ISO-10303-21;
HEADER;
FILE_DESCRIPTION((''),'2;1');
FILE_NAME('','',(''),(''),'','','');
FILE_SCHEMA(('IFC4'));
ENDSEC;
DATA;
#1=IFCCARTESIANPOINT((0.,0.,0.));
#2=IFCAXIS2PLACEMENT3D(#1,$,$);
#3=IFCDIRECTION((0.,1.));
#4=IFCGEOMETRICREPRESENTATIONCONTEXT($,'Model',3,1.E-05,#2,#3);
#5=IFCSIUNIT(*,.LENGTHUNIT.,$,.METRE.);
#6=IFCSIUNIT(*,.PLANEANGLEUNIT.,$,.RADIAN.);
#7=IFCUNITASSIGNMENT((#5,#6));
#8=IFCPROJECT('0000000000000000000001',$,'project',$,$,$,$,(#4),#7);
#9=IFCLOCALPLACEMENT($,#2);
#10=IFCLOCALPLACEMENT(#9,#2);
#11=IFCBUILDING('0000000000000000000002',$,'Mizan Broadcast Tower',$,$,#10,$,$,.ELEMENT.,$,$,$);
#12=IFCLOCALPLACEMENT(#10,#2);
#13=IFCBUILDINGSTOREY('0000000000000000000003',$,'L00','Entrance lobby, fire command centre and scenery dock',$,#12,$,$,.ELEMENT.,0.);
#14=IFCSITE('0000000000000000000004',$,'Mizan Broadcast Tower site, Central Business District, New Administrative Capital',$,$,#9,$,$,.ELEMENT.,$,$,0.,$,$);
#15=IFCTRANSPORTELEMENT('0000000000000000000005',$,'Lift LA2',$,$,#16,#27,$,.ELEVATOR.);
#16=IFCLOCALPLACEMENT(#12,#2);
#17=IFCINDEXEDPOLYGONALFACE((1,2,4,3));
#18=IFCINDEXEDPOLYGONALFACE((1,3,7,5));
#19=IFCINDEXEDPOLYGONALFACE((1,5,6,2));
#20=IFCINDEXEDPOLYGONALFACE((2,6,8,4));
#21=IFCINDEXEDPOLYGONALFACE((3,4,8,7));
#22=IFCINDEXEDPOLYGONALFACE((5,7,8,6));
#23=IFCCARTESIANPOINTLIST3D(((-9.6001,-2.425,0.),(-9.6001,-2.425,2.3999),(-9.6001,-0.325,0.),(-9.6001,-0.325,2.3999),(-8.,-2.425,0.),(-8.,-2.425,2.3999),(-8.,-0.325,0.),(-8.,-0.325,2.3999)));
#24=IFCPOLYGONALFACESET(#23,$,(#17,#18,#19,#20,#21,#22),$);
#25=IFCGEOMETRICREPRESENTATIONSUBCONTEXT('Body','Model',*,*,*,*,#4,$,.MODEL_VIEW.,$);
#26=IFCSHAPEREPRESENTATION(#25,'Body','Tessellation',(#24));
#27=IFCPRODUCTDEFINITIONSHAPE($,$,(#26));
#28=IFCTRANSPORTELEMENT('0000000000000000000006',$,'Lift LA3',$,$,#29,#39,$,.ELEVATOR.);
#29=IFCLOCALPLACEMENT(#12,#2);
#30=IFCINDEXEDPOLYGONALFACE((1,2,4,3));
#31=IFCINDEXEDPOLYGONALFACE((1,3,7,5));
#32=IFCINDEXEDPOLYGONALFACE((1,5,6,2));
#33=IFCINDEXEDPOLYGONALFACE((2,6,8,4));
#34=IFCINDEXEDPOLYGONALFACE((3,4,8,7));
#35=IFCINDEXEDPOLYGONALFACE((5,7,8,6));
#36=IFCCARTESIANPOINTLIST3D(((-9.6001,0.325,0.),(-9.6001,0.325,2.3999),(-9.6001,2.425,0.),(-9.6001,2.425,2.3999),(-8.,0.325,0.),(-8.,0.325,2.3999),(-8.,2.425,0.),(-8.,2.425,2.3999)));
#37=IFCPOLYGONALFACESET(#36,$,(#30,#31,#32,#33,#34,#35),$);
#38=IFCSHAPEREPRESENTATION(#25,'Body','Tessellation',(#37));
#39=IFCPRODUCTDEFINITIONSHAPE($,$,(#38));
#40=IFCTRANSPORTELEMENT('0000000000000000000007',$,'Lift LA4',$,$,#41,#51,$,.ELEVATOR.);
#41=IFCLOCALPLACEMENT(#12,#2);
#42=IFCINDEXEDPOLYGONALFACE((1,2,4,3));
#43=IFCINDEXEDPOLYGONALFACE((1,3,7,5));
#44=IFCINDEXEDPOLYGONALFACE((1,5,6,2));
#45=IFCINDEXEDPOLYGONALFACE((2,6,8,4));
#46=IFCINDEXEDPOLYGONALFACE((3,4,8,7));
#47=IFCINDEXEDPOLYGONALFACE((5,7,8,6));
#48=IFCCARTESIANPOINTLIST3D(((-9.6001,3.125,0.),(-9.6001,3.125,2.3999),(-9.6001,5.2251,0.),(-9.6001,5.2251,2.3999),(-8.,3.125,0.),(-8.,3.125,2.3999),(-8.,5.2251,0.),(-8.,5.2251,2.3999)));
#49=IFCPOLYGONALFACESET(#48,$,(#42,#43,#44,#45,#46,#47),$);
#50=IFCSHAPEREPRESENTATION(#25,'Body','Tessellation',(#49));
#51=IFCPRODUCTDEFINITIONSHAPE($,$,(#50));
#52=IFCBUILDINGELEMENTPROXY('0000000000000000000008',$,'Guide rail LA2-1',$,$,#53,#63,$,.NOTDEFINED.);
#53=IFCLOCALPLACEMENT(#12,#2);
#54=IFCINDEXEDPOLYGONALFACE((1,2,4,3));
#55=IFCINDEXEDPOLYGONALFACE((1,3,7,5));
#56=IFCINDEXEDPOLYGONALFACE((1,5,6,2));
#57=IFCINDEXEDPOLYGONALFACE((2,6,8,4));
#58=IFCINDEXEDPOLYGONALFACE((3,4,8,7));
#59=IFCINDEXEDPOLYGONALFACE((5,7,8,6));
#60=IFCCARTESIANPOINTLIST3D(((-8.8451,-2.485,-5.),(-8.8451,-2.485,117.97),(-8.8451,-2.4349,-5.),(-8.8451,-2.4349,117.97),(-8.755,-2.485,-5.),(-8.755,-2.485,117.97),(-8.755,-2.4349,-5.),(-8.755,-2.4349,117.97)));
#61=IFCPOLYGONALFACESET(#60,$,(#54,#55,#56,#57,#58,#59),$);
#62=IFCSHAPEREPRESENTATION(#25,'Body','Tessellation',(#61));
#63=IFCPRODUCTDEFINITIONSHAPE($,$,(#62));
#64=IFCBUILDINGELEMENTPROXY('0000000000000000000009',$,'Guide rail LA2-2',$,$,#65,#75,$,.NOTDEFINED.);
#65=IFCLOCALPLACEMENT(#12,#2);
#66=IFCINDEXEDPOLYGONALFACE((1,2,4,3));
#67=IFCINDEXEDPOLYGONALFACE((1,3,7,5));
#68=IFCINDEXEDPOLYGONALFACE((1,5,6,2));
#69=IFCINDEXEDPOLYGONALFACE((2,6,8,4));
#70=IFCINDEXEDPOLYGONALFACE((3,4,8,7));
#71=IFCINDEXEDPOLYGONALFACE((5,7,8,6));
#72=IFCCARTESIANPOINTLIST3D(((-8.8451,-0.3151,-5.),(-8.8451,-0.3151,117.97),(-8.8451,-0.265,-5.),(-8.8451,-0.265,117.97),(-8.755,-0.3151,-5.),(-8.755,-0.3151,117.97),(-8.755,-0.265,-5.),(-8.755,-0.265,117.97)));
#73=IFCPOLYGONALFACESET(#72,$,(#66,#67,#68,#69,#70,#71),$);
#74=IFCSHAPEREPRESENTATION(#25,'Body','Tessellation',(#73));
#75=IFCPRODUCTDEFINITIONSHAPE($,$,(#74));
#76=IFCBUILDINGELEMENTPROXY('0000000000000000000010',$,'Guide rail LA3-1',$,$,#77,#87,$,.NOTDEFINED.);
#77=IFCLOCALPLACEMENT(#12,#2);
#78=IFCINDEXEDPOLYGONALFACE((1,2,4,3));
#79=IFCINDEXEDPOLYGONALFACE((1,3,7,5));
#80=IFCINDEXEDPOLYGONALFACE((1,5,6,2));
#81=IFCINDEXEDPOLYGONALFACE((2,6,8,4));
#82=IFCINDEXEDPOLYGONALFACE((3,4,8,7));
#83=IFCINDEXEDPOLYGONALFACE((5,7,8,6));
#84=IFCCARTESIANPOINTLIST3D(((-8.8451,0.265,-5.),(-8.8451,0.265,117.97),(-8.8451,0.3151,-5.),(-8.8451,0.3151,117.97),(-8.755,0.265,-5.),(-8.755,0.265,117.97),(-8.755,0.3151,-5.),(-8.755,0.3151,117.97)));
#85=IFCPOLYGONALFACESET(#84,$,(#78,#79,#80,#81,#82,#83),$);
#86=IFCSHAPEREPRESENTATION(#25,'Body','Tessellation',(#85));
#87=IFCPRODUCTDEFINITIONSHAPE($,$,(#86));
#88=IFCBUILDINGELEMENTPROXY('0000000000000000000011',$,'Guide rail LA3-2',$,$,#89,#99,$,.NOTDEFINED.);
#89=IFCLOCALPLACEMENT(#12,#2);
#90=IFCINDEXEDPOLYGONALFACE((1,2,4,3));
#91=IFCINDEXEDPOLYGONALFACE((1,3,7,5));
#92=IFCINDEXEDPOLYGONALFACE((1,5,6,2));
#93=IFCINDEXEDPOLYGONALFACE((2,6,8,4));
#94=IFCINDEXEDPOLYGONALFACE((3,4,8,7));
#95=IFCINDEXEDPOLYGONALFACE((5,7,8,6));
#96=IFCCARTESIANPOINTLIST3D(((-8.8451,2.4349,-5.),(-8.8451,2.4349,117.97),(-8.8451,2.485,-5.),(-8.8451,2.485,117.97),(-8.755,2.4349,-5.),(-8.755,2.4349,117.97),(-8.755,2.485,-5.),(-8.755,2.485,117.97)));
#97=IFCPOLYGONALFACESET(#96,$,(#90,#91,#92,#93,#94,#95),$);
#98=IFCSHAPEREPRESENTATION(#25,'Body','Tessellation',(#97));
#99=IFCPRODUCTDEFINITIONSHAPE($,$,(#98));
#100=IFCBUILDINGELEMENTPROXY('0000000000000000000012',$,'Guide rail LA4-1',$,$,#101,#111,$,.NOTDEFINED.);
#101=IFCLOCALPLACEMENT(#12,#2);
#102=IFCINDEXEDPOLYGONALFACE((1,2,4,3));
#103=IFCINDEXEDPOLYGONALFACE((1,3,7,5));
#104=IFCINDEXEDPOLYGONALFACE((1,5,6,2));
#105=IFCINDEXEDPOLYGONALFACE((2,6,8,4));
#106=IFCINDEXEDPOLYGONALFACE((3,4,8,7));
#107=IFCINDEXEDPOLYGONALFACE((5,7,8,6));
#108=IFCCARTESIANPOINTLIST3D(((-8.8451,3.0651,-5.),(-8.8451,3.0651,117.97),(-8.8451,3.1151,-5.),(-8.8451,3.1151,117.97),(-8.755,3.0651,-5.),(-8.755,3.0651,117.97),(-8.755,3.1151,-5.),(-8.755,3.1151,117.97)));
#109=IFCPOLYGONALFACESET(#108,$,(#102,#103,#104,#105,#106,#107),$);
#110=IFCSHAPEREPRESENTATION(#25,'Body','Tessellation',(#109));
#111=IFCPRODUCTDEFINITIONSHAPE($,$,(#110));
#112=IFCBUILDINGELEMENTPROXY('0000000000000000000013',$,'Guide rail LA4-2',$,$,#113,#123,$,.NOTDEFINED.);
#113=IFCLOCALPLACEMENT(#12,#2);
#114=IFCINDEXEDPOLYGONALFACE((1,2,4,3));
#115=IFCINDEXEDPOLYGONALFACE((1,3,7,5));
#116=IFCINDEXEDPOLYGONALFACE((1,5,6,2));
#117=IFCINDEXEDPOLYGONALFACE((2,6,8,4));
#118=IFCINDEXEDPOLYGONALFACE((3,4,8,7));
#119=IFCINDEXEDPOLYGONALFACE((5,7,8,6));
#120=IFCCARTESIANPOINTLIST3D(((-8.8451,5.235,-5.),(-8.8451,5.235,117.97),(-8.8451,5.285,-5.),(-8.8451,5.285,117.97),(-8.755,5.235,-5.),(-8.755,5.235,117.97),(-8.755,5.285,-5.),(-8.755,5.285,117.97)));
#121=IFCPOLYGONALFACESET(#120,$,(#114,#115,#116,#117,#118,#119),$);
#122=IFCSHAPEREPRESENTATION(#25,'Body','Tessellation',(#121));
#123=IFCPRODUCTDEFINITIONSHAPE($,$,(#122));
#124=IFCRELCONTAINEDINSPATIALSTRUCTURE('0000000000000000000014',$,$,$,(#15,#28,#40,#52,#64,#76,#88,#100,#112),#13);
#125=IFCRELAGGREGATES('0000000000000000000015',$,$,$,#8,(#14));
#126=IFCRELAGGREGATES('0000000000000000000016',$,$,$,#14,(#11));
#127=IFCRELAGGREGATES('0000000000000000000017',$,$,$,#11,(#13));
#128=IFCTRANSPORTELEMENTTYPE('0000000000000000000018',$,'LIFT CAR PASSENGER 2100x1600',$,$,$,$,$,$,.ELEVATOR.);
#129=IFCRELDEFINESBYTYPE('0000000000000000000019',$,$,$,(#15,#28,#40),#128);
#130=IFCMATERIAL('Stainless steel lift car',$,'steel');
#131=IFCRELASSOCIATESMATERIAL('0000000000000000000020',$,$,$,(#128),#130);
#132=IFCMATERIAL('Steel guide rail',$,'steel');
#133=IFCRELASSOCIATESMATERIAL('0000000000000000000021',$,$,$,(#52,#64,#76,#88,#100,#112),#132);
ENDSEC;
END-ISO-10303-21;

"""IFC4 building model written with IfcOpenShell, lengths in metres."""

from ifc_helpers import new_model, si_unit, direction, frame, origin, origin_2d, place, context, subcontext, project, spatial, rectangle, extrude, material, type_object, element, save


model = new_model("IFC4")

# Units and contexts
model_context = context("Model", 3, precision=1e-05, world=origin(), true_north=direction((0.0, 1.0)))
body_context = subcontext(model_context, "Body", "Model", "MODEL_VIEW")
ifc_project = project(units=[si_unit("LENGTHUNIT", "METRE"), si_unit("PLANEANGLEUNIT", "RADIAN")], contexts=[model_context])

# Site, building, storey
site_placement = place(None, origin())
site = spatial("IfcSite", under=ifc_project, at=site_placement, Name="Mizan Broadcast Tower site, Central Business District, New Administrative Capital", CompositionType="ELEMENT", RefElevation=0.0)
building_placement = place(site_placement, origin())
building = spatial("IfcBuilding", under=site, at=building_placement, Name="Mizan Broadcast Tower", CompositionType="ELEMENT")
storey_placement = place(building_placement, origin())
storey = spatial("IfcBuildingStorey", under=building, at=storey_placement, Name="L00", Description="Entrance lobby, fire command centre and scenery dock", CompositionType="ELEMENT", Elevation=0.0)

# Transport elements
ifc_material_1 = material(Name="Stainless steel lift car", Category="steel")
transport_element_type = type_object("IfcTransportElementType", Name="LIFT CAR PASSENGER 2100x1600", PredefinedType="ELEVATOR", material=ifc_material_1)
for number, where, z_axis, x_axis, name in (
    (1, (-8.8, -1.375, 0.0), (0.0, 0.0, 1.0), (1.0, 0.0, 0.0), "Lift LA2"),
    (2, (-8.8, 1.375, 0.0), (0.0, 0.0, 1.0), (1.0, 0.0, 0.0), "Lift LA3"),
    (3, (-8.8, 4.175, 0.0), (0.0, 0.0, 1.0), (1.0, 0.0, 0.0), "Lift LA4"),
):
    element("IfcTransportElement", number, at=place(storey_placement, frame(where, z_axis=z_axis, x_axis=x_axis)), inside=storey, type_object=transport_element_type, Name=name, PredefinedType="ELEVATOR", context=body_context, shape_type="SweptSolid", body=[
        extrude(rectangle(XDim=1.6001, YDim=2.1001, at=origin_2d()), origin(), (0.0, 0.0, 1.0), 2.3999),
    ])

# Building element proxies
ifc_material_2 = material(Name="Steel guide rail", Category="steel")
for number, where, z_axis, x_axis, name in (
    (4, (-8.8, -2.46, -5.0), (0.0, 0.0, 1.0), (1.0, 0.0, 0.0), "Guide rail LA2-1"),
    (5, (-8.8, -0.29, -5.0), (0.0, 0.0, 1.0), (1.0, 0.0, 0.0), "Guide rail LA2-2"),
    (6, (-8.8, 0.29, -5.0), (0.0, 0.0, 1.0), (1.0, 0.0, 0.0), "Guide rail LA3-1"),
    (7, (-8.8, 2.46, -5.0), (0.0, 0.0, 1.0), (1.0, 0.0, 0.0), "Guide rail LA3-2"),
    (8, (-8.8, 3.0901, -5.0), (0.0, 0.0, 1.0), (1.0, 0.0, 0.0), "Guide rail LA4-1"),
    (9, (-8.8, 5.26, -5.0), (0.0, 0.0, 1.0), (1.0, 0.0, 0.0), "Guide rail LA4-2"),
):
    element("IfcBuildingElementProxy", number, at=place(storey_placement, frame(where, z_axis=z_axis, x_axis=x_axis)), inside=storey, material=ifc_material_2, Name=name, PredefinedType="NOTDEFINED", context=body_context, shape_type="SweptSolid", body=[
        extrude(rectangle(XDim=0.0901, YDim=0.05, at=origin_2d()), origin(), (0.0, 0.0, 1.0), 122.97),
    ])

save(model, "model.ifc")
